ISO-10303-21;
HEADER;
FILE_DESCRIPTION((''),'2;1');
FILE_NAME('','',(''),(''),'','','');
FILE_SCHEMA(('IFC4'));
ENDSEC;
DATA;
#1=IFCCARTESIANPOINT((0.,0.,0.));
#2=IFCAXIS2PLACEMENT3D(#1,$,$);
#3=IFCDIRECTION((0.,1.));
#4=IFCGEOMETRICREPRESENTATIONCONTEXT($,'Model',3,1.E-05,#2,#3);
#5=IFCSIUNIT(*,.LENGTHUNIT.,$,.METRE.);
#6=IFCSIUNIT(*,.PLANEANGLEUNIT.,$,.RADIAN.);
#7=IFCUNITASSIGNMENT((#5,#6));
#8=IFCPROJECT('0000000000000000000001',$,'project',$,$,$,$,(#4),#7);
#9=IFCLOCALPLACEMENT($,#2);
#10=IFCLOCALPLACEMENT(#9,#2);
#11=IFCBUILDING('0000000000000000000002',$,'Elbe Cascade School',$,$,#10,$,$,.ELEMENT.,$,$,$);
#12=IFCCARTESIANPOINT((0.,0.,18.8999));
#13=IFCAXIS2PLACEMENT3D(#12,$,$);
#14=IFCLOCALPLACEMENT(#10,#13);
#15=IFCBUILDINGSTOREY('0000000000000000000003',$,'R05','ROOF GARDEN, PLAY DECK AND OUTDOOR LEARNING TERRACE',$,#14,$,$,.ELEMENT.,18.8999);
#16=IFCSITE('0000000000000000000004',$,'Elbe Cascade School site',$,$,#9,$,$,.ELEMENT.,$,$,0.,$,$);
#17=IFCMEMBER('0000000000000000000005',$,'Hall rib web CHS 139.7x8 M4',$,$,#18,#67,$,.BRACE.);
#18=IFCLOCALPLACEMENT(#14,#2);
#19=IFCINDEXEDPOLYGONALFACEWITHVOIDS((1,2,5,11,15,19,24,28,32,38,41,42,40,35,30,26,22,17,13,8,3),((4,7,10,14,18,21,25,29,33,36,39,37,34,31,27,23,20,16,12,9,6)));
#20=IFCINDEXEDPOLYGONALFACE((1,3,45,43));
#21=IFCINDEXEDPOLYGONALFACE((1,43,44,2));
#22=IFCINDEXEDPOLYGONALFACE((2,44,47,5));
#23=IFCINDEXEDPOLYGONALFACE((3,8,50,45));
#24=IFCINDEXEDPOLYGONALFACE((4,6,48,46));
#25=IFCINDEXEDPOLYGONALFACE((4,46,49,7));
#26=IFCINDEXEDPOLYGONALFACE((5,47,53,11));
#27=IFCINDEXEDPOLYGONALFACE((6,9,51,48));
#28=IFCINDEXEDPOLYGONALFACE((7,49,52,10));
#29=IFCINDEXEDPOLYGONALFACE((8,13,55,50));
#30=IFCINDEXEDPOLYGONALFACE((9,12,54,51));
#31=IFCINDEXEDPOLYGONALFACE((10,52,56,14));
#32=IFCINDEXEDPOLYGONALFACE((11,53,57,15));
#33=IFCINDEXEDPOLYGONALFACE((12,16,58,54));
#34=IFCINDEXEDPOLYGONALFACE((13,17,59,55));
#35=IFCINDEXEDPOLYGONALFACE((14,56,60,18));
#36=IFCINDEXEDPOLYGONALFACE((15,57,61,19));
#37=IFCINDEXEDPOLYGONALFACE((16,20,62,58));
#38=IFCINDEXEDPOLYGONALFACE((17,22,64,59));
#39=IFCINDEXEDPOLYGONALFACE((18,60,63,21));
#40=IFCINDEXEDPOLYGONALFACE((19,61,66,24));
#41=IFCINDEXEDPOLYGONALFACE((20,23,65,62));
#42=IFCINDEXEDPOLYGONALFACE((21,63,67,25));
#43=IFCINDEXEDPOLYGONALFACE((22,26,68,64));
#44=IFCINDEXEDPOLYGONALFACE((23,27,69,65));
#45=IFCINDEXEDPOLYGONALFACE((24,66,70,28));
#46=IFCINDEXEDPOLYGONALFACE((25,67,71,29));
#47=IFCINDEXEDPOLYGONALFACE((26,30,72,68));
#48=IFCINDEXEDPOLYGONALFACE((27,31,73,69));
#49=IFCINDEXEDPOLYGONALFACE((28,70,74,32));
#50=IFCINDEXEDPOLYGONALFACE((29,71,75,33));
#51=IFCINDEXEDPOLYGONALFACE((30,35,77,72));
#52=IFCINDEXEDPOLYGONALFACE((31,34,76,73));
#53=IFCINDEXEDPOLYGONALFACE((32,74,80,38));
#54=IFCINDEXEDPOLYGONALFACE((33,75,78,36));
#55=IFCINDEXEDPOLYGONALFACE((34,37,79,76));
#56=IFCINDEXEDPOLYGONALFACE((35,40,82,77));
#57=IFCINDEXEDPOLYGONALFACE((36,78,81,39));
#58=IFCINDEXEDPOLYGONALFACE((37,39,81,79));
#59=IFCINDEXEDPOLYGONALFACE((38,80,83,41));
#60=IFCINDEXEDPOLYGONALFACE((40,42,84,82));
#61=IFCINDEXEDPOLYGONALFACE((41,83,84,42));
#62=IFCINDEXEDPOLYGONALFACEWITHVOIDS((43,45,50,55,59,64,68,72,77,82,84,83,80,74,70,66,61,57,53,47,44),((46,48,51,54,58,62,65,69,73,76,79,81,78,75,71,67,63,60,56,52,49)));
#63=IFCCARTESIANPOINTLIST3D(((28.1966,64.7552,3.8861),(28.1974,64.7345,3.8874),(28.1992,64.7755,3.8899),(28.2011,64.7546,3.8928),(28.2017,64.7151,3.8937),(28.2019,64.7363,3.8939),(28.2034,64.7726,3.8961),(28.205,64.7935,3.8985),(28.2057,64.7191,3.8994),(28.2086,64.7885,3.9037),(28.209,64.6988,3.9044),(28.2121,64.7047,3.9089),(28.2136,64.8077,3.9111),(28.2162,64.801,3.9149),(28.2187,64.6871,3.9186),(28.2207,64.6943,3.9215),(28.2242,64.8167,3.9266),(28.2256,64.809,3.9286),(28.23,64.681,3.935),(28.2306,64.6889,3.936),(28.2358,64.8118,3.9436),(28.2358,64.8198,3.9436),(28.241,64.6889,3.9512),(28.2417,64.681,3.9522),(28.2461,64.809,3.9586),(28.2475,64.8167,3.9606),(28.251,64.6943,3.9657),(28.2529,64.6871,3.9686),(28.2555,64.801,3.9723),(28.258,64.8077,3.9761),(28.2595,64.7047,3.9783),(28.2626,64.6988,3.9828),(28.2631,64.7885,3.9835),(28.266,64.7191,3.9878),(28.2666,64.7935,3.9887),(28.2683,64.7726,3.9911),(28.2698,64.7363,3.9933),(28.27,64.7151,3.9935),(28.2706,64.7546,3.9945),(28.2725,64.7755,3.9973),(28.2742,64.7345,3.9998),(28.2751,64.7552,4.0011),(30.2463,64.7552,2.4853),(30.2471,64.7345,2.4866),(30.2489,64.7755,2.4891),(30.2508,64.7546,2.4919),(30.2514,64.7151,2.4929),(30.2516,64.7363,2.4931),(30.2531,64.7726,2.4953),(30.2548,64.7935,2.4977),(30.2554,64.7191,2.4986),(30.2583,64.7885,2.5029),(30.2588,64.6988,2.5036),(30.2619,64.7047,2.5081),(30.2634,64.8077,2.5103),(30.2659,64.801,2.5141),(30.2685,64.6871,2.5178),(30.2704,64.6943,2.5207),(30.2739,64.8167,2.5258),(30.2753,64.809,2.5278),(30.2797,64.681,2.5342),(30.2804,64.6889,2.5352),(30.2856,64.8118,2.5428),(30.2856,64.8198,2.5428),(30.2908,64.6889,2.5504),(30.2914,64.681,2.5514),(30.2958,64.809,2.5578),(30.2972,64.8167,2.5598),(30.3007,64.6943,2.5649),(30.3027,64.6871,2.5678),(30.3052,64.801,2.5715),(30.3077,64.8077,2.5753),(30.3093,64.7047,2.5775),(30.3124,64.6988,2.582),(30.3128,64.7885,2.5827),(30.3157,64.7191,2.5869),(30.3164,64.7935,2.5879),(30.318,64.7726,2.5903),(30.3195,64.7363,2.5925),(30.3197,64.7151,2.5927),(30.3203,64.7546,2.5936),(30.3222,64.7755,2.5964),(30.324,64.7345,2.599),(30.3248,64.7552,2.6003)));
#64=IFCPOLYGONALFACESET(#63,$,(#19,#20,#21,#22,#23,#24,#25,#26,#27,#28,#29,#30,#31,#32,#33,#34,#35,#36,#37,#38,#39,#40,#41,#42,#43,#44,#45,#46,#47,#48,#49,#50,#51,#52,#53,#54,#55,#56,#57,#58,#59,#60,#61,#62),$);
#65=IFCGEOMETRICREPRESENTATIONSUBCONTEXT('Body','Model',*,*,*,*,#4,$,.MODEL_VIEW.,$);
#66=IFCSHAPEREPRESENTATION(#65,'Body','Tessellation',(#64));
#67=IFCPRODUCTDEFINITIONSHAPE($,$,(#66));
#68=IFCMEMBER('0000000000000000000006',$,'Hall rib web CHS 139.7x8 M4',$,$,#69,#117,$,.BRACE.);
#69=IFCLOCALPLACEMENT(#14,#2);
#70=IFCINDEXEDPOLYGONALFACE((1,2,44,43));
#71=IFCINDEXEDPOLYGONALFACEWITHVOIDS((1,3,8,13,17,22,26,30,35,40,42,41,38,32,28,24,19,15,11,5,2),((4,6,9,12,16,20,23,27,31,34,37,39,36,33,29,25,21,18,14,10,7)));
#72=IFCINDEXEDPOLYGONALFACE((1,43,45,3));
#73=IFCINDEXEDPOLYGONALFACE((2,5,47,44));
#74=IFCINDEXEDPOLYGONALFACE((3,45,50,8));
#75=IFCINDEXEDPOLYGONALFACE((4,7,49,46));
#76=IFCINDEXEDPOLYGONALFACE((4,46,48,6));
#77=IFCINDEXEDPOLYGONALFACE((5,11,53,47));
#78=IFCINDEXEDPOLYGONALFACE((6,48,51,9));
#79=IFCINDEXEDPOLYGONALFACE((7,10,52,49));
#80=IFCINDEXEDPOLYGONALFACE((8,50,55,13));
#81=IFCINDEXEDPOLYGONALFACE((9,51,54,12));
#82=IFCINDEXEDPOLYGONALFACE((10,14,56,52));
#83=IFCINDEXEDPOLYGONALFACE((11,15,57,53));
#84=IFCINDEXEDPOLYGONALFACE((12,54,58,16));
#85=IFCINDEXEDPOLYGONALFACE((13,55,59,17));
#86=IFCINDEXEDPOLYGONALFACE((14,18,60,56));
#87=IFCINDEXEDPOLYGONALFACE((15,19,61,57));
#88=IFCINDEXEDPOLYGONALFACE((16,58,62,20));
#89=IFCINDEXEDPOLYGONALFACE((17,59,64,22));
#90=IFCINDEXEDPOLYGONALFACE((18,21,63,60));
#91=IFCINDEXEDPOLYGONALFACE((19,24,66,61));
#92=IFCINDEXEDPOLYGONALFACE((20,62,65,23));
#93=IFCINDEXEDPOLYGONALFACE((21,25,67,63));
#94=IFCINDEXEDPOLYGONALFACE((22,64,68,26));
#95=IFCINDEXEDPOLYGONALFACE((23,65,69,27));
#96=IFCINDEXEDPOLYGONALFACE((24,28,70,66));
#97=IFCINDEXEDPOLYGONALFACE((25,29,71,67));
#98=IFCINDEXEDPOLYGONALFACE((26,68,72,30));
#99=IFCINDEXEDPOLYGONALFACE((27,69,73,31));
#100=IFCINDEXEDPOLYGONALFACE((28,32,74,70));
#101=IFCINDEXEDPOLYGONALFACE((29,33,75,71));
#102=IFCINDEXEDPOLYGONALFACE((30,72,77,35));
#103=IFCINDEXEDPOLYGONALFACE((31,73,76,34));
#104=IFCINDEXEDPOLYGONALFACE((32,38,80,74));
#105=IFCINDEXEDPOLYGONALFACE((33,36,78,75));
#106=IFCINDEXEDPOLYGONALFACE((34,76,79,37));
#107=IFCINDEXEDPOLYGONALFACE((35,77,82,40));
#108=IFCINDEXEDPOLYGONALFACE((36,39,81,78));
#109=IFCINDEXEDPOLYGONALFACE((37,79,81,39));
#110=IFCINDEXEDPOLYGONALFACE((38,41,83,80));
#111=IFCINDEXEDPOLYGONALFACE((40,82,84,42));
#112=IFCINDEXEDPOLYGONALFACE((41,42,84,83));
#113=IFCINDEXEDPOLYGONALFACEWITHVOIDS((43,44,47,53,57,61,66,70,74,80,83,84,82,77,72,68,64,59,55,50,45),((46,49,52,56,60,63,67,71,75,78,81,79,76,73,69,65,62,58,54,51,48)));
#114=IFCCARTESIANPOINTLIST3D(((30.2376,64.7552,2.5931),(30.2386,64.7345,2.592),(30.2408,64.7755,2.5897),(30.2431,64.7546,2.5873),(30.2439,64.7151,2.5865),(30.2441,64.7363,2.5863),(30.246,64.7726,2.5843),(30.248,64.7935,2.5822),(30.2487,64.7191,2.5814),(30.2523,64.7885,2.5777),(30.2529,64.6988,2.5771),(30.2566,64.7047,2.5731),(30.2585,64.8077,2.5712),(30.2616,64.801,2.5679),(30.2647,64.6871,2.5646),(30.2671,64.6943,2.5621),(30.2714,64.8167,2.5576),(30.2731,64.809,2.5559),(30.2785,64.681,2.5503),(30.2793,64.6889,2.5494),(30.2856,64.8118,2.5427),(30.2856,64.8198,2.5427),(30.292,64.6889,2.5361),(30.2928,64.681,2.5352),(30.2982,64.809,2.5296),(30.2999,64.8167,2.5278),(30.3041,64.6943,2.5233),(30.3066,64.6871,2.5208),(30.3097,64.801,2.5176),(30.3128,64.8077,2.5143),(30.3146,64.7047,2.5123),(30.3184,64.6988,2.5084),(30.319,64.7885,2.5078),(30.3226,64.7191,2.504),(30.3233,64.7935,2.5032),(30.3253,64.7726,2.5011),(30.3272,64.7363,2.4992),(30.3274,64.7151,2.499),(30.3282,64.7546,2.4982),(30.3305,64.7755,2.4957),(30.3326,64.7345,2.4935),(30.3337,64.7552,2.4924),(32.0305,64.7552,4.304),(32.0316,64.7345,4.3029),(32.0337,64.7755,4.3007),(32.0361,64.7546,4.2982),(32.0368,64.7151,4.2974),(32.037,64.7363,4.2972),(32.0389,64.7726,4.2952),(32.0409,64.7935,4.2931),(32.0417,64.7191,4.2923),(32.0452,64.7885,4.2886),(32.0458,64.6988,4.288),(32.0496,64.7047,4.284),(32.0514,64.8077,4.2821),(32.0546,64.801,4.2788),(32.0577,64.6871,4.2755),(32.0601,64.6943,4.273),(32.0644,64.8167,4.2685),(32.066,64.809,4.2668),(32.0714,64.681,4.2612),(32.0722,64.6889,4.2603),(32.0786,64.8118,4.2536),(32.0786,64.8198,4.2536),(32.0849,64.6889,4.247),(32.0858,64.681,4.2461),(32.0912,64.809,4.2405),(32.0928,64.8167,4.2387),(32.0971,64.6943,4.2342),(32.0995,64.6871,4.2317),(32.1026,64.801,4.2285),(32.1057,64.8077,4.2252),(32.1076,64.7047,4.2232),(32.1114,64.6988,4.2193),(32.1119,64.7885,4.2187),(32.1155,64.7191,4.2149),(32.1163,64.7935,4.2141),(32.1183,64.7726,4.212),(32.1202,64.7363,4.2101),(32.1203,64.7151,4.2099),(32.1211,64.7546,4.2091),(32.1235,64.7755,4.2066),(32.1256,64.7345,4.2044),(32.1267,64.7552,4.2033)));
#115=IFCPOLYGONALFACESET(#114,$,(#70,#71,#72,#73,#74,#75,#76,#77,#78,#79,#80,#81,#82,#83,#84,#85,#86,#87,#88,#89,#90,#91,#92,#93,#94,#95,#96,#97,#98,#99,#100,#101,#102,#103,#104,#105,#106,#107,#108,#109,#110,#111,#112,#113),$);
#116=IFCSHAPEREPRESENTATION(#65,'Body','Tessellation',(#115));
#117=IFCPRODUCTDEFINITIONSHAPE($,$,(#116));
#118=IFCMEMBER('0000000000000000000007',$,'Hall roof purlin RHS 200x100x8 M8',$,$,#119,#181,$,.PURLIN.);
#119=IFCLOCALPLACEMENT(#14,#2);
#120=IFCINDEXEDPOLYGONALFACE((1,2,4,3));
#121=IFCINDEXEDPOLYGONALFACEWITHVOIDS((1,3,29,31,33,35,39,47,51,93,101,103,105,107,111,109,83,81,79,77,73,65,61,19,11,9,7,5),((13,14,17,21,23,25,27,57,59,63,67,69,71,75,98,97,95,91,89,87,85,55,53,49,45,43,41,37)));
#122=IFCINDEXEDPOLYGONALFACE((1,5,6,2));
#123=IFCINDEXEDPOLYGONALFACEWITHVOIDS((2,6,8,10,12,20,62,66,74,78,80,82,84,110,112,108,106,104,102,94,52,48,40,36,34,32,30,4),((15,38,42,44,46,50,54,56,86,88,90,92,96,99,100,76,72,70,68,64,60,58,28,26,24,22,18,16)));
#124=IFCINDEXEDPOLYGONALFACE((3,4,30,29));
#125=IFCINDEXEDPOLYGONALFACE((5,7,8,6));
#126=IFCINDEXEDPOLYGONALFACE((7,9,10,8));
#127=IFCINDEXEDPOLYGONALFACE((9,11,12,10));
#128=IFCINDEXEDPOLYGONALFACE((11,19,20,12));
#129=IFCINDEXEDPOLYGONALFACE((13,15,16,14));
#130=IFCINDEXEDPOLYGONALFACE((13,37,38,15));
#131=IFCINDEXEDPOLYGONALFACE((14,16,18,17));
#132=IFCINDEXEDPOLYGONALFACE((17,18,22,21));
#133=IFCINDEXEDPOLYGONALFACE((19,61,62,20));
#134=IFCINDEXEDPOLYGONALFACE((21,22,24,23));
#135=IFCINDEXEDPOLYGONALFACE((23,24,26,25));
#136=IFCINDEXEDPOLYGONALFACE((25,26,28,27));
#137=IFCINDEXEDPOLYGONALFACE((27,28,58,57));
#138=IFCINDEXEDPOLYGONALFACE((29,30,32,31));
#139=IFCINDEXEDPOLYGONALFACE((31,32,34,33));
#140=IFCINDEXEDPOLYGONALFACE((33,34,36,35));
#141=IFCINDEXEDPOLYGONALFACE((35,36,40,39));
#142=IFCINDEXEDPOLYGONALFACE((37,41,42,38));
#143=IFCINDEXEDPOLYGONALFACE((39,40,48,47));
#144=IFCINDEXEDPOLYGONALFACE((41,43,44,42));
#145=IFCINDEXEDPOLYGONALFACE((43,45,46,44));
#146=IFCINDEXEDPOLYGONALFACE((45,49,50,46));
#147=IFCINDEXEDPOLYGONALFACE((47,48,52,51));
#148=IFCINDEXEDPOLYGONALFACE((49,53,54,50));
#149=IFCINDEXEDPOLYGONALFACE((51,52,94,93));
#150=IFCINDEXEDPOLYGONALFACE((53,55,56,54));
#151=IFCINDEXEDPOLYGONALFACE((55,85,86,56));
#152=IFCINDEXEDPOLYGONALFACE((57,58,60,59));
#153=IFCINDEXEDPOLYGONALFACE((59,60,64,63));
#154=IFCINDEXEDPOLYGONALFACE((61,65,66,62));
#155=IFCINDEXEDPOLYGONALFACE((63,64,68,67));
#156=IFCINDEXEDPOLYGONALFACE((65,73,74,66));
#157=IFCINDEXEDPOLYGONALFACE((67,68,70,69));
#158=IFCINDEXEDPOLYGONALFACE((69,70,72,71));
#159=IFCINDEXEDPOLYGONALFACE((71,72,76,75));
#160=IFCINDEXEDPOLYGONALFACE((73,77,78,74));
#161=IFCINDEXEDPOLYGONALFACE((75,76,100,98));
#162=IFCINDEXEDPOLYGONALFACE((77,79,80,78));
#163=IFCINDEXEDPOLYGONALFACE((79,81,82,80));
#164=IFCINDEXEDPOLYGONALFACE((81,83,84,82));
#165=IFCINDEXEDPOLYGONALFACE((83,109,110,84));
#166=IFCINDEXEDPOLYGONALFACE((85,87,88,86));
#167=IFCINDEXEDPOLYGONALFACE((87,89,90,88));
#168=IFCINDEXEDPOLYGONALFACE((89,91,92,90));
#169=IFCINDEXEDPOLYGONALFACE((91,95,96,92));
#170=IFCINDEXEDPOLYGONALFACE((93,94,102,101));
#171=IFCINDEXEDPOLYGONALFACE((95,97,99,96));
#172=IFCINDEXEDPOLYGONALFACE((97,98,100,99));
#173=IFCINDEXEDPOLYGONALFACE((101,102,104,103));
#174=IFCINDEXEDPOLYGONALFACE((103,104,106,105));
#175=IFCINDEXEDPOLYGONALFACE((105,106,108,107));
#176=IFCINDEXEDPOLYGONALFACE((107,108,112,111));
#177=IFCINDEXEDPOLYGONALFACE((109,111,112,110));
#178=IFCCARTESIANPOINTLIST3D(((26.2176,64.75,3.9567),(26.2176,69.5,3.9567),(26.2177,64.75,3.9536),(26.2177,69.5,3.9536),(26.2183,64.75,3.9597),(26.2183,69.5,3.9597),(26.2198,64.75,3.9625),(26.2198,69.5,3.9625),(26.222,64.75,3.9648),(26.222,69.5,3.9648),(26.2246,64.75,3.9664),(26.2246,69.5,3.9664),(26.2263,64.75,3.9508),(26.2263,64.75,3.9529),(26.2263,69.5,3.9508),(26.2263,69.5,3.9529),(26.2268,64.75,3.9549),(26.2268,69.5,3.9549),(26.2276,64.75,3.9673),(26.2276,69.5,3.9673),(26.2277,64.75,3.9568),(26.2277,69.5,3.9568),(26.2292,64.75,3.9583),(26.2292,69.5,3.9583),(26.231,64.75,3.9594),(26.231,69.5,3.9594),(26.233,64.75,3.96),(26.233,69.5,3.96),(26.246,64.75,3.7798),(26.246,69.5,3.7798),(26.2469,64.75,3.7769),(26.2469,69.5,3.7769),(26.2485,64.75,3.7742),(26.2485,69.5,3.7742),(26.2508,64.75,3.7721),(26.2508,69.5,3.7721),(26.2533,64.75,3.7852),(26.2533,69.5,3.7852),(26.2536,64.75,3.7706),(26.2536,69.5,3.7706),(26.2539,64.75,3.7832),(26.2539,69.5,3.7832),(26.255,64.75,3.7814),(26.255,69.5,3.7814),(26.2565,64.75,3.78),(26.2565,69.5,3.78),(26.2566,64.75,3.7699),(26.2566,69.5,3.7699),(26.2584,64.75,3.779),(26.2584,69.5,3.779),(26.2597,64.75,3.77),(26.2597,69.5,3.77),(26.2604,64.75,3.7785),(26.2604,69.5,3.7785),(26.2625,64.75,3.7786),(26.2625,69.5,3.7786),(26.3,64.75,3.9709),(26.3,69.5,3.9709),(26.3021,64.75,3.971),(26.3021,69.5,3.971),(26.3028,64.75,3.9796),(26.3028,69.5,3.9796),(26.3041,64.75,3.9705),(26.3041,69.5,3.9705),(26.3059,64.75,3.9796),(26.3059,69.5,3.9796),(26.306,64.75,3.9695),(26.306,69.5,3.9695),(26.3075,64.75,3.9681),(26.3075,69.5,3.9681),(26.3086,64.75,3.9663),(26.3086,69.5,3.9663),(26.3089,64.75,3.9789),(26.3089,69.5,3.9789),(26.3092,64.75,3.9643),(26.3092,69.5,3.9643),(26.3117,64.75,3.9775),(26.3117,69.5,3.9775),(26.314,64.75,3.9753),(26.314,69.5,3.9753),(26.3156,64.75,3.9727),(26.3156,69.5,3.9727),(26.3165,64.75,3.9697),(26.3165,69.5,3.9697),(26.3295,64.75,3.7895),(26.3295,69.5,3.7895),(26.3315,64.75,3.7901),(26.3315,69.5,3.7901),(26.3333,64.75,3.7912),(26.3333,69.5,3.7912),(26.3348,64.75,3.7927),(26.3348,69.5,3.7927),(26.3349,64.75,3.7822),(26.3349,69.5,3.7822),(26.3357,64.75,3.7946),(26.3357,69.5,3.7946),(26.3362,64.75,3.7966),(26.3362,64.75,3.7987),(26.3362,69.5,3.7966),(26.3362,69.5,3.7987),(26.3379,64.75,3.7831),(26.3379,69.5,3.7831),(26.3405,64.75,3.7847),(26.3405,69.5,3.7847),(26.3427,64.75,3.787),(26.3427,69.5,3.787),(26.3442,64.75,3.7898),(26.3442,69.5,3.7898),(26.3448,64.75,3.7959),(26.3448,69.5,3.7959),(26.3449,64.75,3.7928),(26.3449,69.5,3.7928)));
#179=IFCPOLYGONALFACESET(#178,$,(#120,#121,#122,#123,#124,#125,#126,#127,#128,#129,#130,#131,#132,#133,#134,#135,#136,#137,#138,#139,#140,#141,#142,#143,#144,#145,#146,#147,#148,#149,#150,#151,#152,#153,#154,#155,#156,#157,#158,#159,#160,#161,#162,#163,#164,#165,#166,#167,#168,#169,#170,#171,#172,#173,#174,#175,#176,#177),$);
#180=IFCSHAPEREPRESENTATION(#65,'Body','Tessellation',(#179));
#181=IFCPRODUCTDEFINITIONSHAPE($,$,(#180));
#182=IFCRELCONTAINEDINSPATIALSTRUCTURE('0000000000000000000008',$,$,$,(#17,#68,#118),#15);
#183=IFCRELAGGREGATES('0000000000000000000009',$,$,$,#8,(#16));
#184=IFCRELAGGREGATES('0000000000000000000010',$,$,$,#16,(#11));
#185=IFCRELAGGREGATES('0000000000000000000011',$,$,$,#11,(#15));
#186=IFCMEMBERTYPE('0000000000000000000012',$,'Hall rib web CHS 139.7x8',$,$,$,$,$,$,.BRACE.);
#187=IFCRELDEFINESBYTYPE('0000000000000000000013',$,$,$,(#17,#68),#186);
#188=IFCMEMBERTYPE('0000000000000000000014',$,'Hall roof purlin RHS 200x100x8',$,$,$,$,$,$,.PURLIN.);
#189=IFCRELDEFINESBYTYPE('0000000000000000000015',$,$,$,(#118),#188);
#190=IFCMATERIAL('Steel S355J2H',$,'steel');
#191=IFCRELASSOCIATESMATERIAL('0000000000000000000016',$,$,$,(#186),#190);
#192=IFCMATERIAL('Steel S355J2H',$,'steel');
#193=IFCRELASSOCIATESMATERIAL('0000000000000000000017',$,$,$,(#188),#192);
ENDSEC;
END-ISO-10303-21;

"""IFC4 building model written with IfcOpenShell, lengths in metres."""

from ifc_helpers import new_model, si_unit, direction, frame, origin, origin_2d, place, context, subcontext, project, spatial, hollow_rectangle, hollow_circle, extrude, material, material_profile, profile_set, type_object, element, save


model = new_model("IFC4")

# Units and contexts
model_context = context("Model", 3, precision=1e-05, world=origin(), true_north=direction((0.0, 1.0)))
body_context = subcontext(model_context, "Body", "Model", "MODEL_VIEW")
ifc_project = project(units=[si_unit("LENGTHUNIT", "METRE"), si_unit("PLANEANGLEUNIT", "RADIAN")], contexts=[model_context])

# Site, building, storey
site_placement = place(None, origin())
site = spatial("IfcSite", under=ifc_project, at=site_placement, Name="Elbe Cascade School site", CompositionType="ELEMENT", RefElevation=0.0)
building_placement = place(site_placement, origin())
building = spatial("IfcBuilding", under=site, at=building_placement, Name="Elbe Cascade School", CompositionType="ELEMENT")
storey_placement = place(building_placement, frame((0.0, 0.0, 18.8999)))
storey = spatial("IfcBuildingStorey", under=building, at=storey_placement, Name="R05", Description="ROOF GARDEN, PLAY DECK AND OUTDOOR LEARNING TERRACE", CompositionType="ELEMENT", Elevation=18.8999)

# Members
ifc_material_1 = material(Name="Steel S355J2H", Category="steel")
ifc_material_profile_1 = material_profile(ifc_material_1, hollow_circle(Radius=0.0698, WallThickness=0.0081, at=origin_2d()), Name="CHS 139.7x8")
ifc_profile_set_1 = profile_set([ifc_material_profile_1], Name="Steel S355J2H")
member_type_1 = type_object("IfcMemberType", Name="Hall rib web CHS 139.7x8", PredefinedType="BRACE", material=ifc_profile_set_1)
member_1_placement = place(storey_placement, frame((28.2358, 64.75, 3.9436), z_axis=(0.825611, 0.0, -0.56424), x_axis=(0.0, 1.0, 0.0)))
element("IfcMember", 1, at=member_1_placement, inside=storey, type_object=member_type_1, Name="Hall rib web CHS 139.7x8 M4", PredefinedType="BRACE", context=body_context, shape_type="SweptSolid", body=[
    extrude(hollow_circle(Radius=0.0698, WallThickness=0.0081, at=origin_2d()), origin(), (0.0, 0.0, 1.0), 2.4827),
])
member_2_placement = place(storey_placement, frame((30.2856, 64.75, 2.5427), z_axis=(0.723463, 0.0, 0.690363), x_axis=(0.0, 1.0, 0.0)))
element("IfcMember", 2, at=member_2_placement, inside=storey, type_object=member_type_1, Name="Hall rib web CHS 139.7x8 M4", PredefinedType="BRACE", context=body_context, shape_type="SweptSolid", body=[
    extrude(hollow_circle(Radius=0.0698, WallThickness=0.0081, at=origin_2d()), origin(), (0.0, 0.0, 1.0), 2.4783),
])
ifc_material_2 = material(Name="Steel S355J2H", Category="steel")
ifc_material_profile_2 = material_profile(ifc_material_2, hollow_rectangle(XDim=0.1001, YDim=0.2, WallThickness=0.0081, InnerFilletRadius=0.0081, OuterFilletRadius=0.012, at=origin_2d()), Name="RHS 200x100x8")
ifc_profile_set_2 = profile_set([ifc_material_profile_2], Name="Steel S355J2H")
member_type_2 = type_object("IfcMemberType", Name="Hall roof purlin RHS 200x100x8", PredefinedType="PURLIN", material=ifc_profile_set_2)
for number, where, z_axis, x_axis, name in (
    (3, (26.2812, 64.75, 3.8748), (0.0, 1.0, 0.0), (-0.987017, 0.0, -0.160618), "Hall roof purlin RHS 200x100x8 M8"),
):
    element("IfcMember", number, at=place(storey_placement, frame(where, z_axis=z_axis, x_axis=x_axis)), inside=storey, type_object=member_type_2, Name=name, PredefinedType="PURLIN", context=body_context, shape_type="SweptSolid", body=[
        extrude(hollow_rectangle(XDim=0.1001, YDim=0.2, WallThickness=0.0081, InnerFilletRadius=0.0081, OuterFilletRadius=0.012, at=origin_2d()), origin(), (0.0, 0.0, 1.0), 4.75),
    ])

save(model, "model.ifc")
